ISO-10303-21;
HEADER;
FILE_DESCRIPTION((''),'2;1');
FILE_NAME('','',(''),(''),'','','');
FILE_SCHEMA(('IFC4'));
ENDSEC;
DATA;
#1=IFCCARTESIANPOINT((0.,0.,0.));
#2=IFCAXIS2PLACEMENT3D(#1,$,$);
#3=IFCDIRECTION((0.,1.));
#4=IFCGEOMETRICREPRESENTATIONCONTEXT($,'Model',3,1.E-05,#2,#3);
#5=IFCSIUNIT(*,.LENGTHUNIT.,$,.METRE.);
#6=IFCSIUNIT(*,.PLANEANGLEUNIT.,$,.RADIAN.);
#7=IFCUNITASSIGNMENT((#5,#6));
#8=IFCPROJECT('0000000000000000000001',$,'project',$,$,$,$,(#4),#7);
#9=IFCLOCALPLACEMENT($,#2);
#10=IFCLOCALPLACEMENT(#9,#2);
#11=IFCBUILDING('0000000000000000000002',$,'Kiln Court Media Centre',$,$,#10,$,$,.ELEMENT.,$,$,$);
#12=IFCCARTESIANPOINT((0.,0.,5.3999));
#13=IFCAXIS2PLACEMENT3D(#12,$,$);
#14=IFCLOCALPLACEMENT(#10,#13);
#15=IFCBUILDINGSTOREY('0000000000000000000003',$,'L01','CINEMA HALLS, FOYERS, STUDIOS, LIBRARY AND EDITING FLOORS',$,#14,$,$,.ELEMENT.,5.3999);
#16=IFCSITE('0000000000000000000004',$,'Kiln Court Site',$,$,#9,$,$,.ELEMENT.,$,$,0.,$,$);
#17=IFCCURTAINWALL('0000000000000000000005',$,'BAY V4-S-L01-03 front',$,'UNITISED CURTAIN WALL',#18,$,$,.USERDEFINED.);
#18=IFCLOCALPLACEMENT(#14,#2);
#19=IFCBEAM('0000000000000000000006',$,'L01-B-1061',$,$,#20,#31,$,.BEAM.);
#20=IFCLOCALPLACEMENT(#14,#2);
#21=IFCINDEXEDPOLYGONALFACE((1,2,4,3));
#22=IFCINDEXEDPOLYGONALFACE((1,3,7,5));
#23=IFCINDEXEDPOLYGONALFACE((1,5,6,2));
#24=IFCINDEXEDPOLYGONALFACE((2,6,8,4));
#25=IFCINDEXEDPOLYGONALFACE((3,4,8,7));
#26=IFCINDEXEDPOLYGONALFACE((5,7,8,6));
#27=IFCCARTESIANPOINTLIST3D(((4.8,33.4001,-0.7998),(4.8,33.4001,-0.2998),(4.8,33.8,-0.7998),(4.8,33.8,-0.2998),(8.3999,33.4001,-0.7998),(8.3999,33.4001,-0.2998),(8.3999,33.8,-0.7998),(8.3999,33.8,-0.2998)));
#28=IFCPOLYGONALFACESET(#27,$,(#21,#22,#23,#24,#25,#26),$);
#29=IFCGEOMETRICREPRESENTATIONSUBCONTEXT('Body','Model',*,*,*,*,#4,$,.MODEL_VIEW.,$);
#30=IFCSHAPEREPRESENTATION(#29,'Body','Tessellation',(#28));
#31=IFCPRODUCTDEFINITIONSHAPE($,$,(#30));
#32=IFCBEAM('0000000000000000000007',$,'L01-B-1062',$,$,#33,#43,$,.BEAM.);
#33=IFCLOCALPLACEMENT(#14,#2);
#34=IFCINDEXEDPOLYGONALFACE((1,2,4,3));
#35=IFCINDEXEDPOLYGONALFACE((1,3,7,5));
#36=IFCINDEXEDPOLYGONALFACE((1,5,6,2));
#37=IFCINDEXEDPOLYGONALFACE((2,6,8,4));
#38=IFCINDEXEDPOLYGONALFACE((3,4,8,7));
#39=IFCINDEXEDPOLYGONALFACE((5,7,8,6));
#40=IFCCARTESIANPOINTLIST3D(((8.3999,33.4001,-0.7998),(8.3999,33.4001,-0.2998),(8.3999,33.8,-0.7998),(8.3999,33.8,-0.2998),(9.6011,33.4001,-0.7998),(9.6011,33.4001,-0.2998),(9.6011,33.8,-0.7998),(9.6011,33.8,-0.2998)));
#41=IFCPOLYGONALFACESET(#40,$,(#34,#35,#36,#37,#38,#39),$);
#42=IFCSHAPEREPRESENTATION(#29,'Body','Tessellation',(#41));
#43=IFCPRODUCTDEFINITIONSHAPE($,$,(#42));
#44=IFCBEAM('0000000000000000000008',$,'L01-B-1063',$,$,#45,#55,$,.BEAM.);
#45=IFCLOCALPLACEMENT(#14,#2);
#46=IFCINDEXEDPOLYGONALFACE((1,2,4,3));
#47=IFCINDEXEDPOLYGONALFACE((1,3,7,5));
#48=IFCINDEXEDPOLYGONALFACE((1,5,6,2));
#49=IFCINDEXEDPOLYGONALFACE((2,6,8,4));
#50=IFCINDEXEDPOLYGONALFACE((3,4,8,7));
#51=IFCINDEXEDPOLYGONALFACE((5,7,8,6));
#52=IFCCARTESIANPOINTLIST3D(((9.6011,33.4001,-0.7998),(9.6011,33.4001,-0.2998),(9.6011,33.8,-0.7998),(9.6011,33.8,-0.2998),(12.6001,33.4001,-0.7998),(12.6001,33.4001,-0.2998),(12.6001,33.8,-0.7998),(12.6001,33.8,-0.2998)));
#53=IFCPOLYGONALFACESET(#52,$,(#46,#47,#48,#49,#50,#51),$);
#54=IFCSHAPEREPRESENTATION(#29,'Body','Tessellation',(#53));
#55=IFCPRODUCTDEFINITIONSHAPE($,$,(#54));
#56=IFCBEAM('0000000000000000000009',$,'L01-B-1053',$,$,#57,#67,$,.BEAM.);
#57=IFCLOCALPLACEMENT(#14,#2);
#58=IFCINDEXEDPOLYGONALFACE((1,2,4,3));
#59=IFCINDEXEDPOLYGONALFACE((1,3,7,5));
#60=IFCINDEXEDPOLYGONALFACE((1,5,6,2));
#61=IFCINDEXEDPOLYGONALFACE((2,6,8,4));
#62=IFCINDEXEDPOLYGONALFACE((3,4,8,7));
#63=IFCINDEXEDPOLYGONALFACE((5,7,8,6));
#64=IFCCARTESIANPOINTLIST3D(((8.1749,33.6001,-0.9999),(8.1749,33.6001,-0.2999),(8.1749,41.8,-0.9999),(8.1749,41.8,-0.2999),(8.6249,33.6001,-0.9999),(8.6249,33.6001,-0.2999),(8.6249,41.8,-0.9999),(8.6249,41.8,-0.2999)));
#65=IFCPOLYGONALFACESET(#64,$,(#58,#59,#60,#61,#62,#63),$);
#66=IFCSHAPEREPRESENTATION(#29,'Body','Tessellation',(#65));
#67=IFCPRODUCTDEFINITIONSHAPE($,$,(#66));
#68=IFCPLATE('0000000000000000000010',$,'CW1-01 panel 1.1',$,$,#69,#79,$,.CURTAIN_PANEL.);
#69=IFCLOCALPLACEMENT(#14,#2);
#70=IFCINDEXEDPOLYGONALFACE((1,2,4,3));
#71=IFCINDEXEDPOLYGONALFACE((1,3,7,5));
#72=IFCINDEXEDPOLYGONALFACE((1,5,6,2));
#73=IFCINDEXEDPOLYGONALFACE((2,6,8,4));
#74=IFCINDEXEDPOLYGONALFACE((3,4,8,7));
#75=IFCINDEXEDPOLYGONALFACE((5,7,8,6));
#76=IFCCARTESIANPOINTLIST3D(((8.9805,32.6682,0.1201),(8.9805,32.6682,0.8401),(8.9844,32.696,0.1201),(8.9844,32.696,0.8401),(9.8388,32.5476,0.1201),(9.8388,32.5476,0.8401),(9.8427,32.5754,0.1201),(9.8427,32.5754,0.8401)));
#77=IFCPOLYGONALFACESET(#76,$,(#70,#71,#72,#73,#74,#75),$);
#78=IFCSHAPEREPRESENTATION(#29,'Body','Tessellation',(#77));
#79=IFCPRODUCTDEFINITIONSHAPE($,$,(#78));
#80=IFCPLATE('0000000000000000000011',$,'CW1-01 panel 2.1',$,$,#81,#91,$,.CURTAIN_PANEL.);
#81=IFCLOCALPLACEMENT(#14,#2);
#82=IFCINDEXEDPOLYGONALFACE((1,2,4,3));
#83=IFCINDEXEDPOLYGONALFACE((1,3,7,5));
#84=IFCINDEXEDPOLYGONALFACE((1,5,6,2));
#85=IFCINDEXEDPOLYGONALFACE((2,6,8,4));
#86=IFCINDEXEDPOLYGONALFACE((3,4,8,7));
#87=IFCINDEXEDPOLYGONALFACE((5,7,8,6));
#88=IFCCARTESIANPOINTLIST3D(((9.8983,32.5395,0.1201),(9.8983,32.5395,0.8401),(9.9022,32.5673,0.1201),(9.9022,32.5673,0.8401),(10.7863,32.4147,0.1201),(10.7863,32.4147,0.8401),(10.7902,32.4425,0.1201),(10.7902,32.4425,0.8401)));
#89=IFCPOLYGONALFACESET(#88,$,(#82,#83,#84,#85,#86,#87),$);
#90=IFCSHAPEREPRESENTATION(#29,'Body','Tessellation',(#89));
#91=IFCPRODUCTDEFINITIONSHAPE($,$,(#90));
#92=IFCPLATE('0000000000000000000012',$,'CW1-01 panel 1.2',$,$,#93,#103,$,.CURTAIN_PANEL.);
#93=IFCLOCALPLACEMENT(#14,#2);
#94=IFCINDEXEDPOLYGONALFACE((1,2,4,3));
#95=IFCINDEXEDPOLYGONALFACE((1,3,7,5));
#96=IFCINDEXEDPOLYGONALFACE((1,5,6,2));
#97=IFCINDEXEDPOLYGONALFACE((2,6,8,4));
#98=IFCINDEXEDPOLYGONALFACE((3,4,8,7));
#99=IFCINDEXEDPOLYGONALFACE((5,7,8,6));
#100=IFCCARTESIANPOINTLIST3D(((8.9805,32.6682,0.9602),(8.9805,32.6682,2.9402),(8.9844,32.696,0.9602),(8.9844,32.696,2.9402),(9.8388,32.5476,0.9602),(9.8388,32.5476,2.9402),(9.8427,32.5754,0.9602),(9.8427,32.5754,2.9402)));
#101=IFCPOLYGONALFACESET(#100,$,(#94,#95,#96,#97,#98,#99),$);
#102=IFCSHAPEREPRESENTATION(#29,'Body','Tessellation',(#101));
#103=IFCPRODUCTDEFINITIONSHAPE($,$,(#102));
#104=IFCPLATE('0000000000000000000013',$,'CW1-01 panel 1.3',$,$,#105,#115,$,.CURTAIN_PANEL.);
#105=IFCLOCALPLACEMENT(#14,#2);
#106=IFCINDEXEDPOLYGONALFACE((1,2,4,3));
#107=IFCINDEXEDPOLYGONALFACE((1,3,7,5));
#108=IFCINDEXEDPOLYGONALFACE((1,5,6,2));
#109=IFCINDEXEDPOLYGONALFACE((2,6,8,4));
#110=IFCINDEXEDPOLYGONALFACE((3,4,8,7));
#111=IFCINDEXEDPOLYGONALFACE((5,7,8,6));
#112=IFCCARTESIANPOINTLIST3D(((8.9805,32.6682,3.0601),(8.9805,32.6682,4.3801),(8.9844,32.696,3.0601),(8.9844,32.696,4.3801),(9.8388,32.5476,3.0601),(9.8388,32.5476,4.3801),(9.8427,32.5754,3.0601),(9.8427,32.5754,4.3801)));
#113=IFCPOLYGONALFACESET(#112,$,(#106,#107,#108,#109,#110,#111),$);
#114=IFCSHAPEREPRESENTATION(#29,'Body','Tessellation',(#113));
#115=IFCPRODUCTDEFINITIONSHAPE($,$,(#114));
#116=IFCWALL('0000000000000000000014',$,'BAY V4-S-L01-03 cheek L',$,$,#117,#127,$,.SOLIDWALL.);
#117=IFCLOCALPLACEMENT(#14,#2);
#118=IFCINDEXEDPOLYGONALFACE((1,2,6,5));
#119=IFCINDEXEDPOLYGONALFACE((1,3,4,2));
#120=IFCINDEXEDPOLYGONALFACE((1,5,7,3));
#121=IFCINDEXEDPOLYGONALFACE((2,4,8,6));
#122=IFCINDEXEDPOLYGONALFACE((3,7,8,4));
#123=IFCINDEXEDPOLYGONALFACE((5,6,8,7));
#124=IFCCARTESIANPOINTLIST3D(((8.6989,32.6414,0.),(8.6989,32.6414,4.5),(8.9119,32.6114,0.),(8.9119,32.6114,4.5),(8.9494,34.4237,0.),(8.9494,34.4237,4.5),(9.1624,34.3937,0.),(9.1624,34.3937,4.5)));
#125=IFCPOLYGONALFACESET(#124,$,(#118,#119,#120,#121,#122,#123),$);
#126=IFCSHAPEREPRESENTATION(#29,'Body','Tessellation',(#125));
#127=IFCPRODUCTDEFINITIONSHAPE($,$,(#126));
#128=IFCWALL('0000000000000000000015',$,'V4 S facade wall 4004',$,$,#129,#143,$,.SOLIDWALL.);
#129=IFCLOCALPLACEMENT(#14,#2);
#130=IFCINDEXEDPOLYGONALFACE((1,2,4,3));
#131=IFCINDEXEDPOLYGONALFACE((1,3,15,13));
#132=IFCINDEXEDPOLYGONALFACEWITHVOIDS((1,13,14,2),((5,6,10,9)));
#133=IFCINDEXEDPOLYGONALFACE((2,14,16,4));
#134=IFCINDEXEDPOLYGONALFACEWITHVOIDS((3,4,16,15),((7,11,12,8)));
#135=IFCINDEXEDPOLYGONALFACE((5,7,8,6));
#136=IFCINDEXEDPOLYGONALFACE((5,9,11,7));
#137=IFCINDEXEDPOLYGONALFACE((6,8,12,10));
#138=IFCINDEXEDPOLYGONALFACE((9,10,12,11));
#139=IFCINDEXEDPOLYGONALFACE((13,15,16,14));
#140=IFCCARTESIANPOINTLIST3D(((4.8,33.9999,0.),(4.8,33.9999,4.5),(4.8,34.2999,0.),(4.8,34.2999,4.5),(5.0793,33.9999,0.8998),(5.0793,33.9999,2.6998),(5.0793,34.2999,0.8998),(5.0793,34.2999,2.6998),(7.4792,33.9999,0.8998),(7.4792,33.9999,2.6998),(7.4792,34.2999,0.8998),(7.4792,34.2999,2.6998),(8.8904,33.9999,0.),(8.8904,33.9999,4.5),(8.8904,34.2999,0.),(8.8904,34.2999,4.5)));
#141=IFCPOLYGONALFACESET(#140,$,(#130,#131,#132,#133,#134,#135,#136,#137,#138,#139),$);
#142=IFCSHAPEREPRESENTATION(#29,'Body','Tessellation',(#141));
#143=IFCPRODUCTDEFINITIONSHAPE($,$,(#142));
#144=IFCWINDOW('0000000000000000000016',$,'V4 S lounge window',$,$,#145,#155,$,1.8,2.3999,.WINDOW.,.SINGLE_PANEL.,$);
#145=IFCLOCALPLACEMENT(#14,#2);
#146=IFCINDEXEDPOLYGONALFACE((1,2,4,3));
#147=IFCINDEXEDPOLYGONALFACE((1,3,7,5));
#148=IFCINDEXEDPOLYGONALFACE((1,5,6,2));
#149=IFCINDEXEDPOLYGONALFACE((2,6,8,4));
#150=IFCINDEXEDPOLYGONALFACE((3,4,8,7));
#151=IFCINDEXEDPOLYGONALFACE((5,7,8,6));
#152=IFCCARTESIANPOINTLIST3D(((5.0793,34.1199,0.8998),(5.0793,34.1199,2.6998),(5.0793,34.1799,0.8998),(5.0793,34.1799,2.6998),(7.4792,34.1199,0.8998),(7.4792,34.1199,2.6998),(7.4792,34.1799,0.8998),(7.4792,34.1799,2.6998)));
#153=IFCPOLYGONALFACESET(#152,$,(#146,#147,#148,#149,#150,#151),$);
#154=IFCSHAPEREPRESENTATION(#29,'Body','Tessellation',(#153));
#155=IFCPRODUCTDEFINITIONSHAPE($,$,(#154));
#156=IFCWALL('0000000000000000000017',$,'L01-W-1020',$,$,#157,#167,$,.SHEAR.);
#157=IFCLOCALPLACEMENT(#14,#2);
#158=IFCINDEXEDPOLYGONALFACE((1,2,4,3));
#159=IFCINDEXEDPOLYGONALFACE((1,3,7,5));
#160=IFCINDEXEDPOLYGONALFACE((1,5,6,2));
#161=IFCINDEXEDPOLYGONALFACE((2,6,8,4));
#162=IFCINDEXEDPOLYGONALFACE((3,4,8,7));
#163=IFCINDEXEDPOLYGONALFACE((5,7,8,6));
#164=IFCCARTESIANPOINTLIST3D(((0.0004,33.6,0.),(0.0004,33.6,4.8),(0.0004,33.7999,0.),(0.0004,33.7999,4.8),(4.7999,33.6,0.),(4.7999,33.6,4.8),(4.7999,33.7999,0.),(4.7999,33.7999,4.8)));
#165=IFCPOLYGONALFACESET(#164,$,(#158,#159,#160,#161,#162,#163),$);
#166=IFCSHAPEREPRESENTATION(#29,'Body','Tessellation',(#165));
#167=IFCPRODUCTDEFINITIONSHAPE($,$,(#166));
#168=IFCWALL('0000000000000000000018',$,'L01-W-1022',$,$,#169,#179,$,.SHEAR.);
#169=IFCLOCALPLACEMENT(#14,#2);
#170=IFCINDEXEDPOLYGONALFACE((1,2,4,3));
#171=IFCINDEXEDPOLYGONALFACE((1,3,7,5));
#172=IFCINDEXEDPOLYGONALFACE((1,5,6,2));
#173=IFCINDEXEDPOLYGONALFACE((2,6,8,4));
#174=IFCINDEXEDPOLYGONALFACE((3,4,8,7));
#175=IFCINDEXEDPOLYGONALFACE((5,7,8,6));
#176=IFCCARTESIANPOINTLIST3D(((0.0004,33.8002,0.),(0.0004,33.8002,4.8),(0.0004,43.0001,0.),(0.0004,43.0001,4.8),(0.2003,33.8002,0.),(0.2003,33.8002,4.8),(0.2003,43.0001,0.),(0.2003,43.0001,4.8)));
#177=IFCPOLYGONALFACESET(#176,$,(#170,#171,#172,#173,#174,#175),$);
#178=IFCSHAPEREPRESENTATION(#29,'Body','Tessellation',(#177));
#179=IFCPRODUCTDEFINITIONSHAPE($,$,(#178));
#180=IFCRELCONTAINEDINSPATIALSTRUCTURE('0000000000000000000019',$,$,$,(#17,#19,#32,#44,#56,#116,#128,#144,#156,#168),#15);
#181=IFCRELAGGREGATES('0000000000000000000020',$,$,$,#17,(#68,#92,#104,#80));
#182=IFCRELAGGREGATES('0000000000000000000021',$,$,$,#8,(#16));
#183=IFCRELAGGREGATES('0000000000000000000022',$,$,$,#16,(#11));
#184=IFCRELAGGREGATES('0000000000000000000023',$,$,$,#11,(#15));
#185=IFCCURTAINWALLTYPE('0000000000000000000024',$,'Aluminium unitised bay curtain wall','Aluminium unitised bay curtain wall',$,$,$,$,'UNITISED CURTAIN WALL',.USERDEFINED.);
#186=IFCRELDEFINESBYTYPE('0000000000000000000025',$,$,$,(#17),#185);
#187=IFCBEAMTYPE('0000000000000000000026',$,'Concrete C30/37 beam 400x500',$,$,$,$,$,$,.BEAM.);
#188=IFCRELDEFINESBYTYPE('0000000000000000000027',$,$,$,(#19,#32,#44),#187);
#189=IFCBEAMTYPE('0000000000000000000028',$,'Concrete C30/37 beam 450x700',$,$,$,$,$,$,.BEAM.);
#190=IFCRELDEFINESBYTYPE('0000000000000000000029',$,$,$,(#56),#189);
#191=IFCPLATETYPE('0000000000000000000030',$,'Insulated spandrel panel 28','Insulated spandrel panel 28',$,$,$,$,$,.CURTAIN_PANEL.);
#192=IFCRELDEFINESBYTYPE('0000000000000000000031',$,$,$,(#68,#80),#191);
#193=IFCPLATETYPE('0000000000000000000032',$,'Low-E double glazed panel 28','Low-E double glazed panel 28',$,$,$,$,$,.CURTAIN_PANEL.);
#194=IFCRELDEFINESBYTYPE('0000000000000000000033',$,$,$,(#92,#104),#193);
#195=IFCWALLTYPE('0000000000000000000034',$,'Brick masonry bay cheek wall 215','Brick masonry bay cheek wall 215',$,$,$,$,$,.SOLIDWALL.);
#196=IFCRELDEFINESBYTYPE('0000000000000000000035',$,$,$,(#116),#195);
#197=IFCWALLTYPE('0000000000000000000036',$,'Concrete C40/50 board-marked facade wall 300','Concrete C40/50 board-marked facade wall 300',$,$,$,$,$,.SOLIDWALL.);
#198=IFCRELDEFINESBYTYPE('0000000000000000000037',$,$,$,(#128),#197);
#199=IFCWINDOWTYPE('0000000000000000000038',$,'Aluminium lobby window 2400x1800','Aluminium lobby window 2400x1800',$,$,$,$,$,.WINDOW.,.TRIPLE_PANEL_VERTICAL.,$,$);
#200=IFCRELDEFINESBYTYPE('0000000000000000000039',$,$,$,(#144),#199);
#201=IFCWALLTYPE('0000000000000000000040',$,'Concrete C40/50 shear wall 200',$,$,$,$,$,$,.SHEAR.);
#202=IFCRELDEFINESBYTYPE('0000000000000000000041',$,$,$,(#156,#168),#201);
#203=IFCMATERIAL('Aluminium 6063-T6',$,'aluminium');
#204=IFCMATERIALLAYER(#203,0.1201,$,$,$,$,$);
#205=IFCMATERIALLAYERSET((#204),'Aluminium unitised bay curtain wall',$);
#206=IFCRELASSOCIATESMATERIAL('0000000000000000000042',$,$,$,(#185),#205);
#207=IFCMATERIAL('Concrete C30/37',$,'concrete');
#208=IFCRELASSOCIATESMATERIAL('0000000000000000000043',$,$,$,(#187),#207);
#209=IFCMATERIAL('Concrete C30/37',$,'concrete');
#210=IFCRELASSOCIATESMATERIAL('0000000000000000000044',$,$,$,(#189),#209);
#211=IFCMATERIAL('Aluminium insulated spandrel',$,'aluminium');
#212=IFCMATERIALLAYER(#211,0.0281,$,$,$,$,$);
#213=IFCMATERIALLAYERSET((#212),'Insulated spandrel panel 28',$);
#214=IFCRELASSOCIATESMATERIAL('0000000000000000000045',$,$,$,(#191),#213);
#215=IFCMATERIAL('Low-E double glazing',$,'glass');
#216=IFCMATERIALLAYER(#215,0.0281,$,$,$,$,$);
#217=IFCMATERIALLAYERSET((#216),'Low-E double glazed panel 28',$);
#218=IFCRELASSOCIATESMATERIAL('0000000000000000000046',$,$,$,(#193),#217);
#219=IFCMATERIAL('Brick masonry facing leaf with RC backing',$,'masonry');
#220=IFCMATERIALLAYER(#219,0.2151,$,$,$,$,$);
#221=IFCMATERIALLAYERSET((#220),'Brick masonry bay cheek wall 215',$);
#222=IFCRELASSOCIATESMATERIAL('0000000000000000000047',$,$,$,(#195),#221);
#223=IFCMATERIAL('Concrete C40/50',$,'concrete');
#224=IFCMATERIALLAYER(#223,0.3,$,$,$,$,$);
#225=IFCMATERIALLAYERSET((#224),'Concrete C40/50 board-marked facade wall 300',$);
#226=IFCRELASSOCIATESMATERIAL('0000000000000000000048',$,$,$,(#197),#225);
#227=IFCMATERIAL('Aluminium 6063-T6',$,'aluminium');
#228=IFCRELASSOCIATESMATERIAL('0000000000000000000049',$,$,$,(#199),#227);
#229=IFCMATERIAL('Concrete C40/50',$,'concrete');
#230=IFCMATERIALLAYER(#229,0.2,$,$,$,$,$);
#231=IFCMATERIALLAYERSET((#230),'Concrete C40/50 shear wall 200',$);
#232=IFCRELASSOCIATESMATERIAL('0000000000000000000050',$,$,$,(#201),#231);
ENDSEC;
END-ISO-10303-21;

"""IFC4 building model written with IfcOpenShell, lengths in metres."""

from ifc_helpers import new_model, si_unit, direction, frame, frame_2d, origin, origin_2d, place, context, subcontext, project, spatial, rectangle, extrude, material, layer, layer_set, material_profile, profile_set, type_object, element, fill, aggregate, save


model = new_model("IFC4")

# Units and contexts
model_context = context("Model", 3, precision=1e-05, world=origin(), true_north=direction((0.0, 1.0)))
body_context = subcontext(model_context, "Body", "Model", "MODEL_VIEW")
ifc_project = project(units=[si_unit("LENGTHUNIT", "METRE"), si_unit("PLANEANGLEUNIT", "RADIAN")], contexts=[model_context])

# Site, building, storey
site_placement = place(None, origin())
site = spatial("IfcSite", under=ifc_project, at=site_placement, Name="Kiln Court Site", CompositionType="ELEMENT", RefElevation=0.0)
building_placement = place(site_placement, origin())
building = spatial("IfcBuilding", under=site, at=building_placement, Name="Kiln Court Media Centre", CompositionType="ELEMENT")
storey_placement = place(building_placement, frame((0.0, 0.0, 5.3999)))
storey = spatial("IfcBuildingStorey", under=building, at=storey_placement, Name="L01", Description="CINEMA HALLS, FOYERS, STUDIOS, LIBRARY AND EDITING FLOORS", CompositionType="ELEMENT", Elevation=5.3999)

# Curtain wall
ifc_material_1 = material(Name="Aluminium 6063-T6", Category="aluminium")
ifc_layer_1 = layer(ifc_material_1, 0.1201)
ifc_layer_set_1 = layer_set([ifc_layer_1], Name="Aluminium unitised bay curtain wall")
curtain_wall_type = type_object("IfcCurtainWallType", Name="Aluminium unitised bay curtain wall", Description="Aluminium unitised bay curtain wall", ElementType="UNITISED CURTAIN WALL", PredefinedType="USERDEFINED", material=ifc_layer_set_1)
curtain_wall_placement = place(storey_placement, origin())
curtain_wall = element("IfcCurtainWall", 1, at=curtain_wall_placement, inside=storey, type_object=curtain_wall_type, Name="BAY V4-S-L01-03 front", ObjectType="UNITISED CURTAIN WALL", PredefinedType="USERDEFINED")

# Beams
ifc_material_2 = material(Name="Concrete C30/37", Category="concrete")
ifc_material_profile_1 = material_profile(ifc_material_2, rectangle(XDim=0.3999, YDim=0.5, at=origin_2d()), Name="RC 400x500")
ifc_profile_set_1 = profile_set([ifc_material_profile_1], Name="Concrete C30/37")
beam_type_1 = type_object("IfcBeamType", Name="Concrete C30/37 beam 400x500", PredefinedType="BEAM", material=ifc_profile_set_1)
beam_1_placement = place(storey_placement, frame((4.8, 33.6001, -0.5498), z_axis=(1.0, 0.0, 0.0), x_axis=(0.0, 1.0, 0.0)))
element("IfcBeam", 2, at=beam_1_placement, inside=storey, type_object=beam_type_1, Name="L01-B-1061", PredefinedType="BEAM", context=body_context, shape_type="SweptSolid", body=[
    extrude(rectangle(XDim=0.3999, YDim=0.5, at=origin_2d()), origin(), (0.0, 0.0, 1.0), 3.5999),
])
beam_2_placement = place(storey_placement, frame((8.3999, 33.6001, -0.5498), z_axis=(1.0, 0.0, 0.0), x_axis=(0.0, 1.0, 0.0)))
element("IfcBeam", 3, at=beam_2_placement, inside=storey, type_object=beam_type_1, Name="L01-B-1062", PredefinedType="BEAM", context=body_context, shape_type="SweptSolid", body=[
    extrude(rectangle(XDim=0.3999, YDim=0.5, at=origin_2d()), origin(), (0.0, 0.0, 1.0), 1.2012),
])
beam_3_placement = place(storey_placement, frame((9.6011, 33.6001, -0.5498), z_axis=(1.0, 0.0, 0.0), x_axis=(0.0, 1.0, 0.0)))
element("IfcBeam", 4, at=beam_3_placement, inside=storey, type_object=beam_type_1, Name="L01-B-1063", PredefinedType="BEAM", context=body_context, shape_type="SweptSolid", body=[
    extrude(rectangle(XDim=0.3999, YDim=0.5, at=origin_2d()), origin(), (0.0, 0.0, 1.0), 2.999),
])
ifc_material_3 = material(Name="Concrete C30/37", Category="concrete")
ifc_material_profile_2 = material_profile(ifc_material_3, rectangle(XDim=0.45, YDim=0.7, at=origin_2d()), Name="RC 450x700")
ifc_profile_set_2 = profile_set([ifc_material_profile_2], Name="Concrete C30/37")
beam_type_2 = type_object("IfcBeamType", Name="Concrete C30/37 beam 450x700", PredefinedType="BEAM", material=ifc_profile_set_2)
beam_4_placement = place(storey_placement, frame((8.3999, 33.6001, -0.6499), z_axis=(0.0, 1.0, 0.0), x_axis=(-1.0, 0.0, 0.0)))
element("IfcBeam", 5, at=beam_4_placement, inside=storey, type_object=beam_type_2, Name="L01-B-1053", PredefinedType="BEAM", context=body_context, shape_type="SweptSolid", body=[
    extrude(rectangle(XDim=0.45, YDim=0.7, at=origin_2d()), origin(), (0.0, 0.0, 1.0), 8.2),
])

# Plates
ifc_material_4 = material(Name="Aluminium insulated spandrel", Category="aluminium")
ifc_layer_2 = layer(ifc_material_4, 0.0281)
ifc_layer_set_2 = layer_set([ifc_layer_2], Name="Insulated spandrel panel 28")
plate_type_1 = type_object("IfcPlateType", Name="Insulated spandrel panel 28", Description="Insulated spandrel panel 28", PredefinedType="CURTAIN_PANEL", material=ifc_layer_set_2)
plate_1_placement = place(storey_placement, frame((9.4116, 32.6218, 0.1201), z_axis=(0.0, 0.0, 1.0), x_axis=(0.99027, -0.139162, 0.0)))
plate_1 = element("IfcPlate", 6, at=plate_1_placement, type_object=plate_type_1, Name="CW1-01 panel 1.1", PredefinedType="CURTAIN_PANEL", context=body_context, shape_type="SweptSolid", body=[
    extrude(rectangle(XDim=0.8667, YDim=0.0281, at=origin_2d()), origin(), (0.0, 0.0, 1.0), 0.72),
])
plate_2_placement = place(storey_placement, frame((10.3442, 32.491, 0.1201), z_axis=(0.0, 0.0, 1.0), x_axis=(0.99027, -0.139162, 0.0)))
plate_2 = element("IfcPlate", 7, at=plate_2_placement, type_object=plate_type_1, Name="CW1-01 panel 2.1", PredefinedType="CURTAIN_PANEL", context=body_context, shape_type="SweptSolid", body=[
    extrude(rectangle(XDim=0.8967, YDim=0.0281, at=origin_2d()), origin(), (0.0, 0.0, 1.0), 0.72),
])
ifc_material_5 = material(Name="Low-E double glazing", Category="glass")
ifc_layer_3 = layer(ifc_material_5, 0.0281)
ifc_layer_set_3 = layer_set([ifc_layer_3], Name="Low-E double glazed panel 28")
plate_type_2 = type_object("IfcPlateType", Name="Low-E double glazed panel 28", Description="Low-E double glazed panel 28", PredefinedType="CURTAIN_PANEL", material=ifc_layer_set_3)
plate_3_placement = place(storey_placement, frame((9.4116, 32.6218, 0.9602), z_axis=(0.0, 0.0, 1.0), x_axis=(0.99027, -0.139162, 0.0)))
plate_3 = element("IfcPlate", 8, at=plate_3_placement, type_object=plate_type_2, Name="CW1-01 panel 1.2", PredefinedType="CURTAIN_PANEL", context=body_context, shape_type="SweptSolid", body=[
    extrude(rectangle(XDim=0.8667, YDim=0.0281, at=origin_2d()), origin(), (0.0, 0.0, 1.0), 1.98),
])
plate_4_placement = place(storey_placement, frame((9.4116, 32.6218, 3.0601), z_axis=(0.0, 0.0, 1.0), x_axis=(0.99027, -0.139162, 0.0)))
plate_4 = element("IfcPlate", 9, at=plate_4_placement, type_object=plate_type_2, Name="CW1-01 panel 1.3", PredefinedType="CURTAIN_PANEL", context=body_context, shape_type="SweptSolid", body=[
    extrude(rectangle(XDim=0.8667, YDim=0.0281, at=origin_2d()), origin(), (0.0, 0.0, 1.0), 1.3201),
])
aggregate(curtain_wall, [plate_1, plate_3, plate_4, plate_2])

# Wall
ifc_material_6 = material(Name="Brick masonry facing leaf with RC backing", Category="masonry")
ifc_layer_4 = layer(ifc_material_6, 0.2151)
ifc_layer_set_4 = layer_set([ifc_layer_4], Name="Brick masonry bay cheek wall 215")
wall_type_1 = type_object("IfcWallType", Name="Brick masonry bay cheek wall 215", Description="Brick masonry bay cheek wall 215", PredefinedType="SOLIDWALL", material=ifc_layer_set_4)
wall_1_placement = place(storey_placement, frame((9.0559, 34.4087, 0.0), z_axis=(0.0, 0.0, 1.0), x_axis=(-0.13918, -0.990267, 0.0)))
element("IfcWall", 10, at=wall_1_placement, inside=storey, type_object=wall_type_1, Name="BAY V4-S-L01-03 cheek L", PredefinedType="SOLIDWALL", context=body_context, shape_type="SweptSolid", body=[
    extrude(rectangle(XDim=1.7998, YDim=0.2151, at=frame_2d((0.8999, 0.0))), origin(), (0.0, 0.0, 1.0), 4.5),
])

# Wall, opening, window
ifc_material_7 = material(Name="Concrete C40/50", Category="concrete")
ifc_layer_5 = layer(ifc_material_7, 0.3)
ifc_layer_set_5 = layer_set([ifc_layer_5], Name="Concrete C40/50 board-marked facade wall 300")
wall_type_2 = type_object("IfcWallType", Name="Concrete C40/50 board-marked facade wall 300", Description="Concrete C40/50 board-marked facade wall 300", PredefinedType="SOLIDWALL", material=ifc_layer_set_5)
wall_2_placement = place(storey_placement, frame((8.8904, 34.1499, 0.0), z_axis=(0.0, 0.0, 1.0), x_axis=(-1.0, 0.0, 0.0)))
wall_2 = element("IfcWall", 11, at=wall_2_placement, inside=storey, type_object=wall_type_2, Name="V4 S facade wall 4004", PredefinedType="SOLIDWALL", context=body_context, shape_type="SweptSolid", body=[
    extrude(rectangle(XDim=4.0903, YDim=0.3, at=frame_2d((2.0452, 0.0))), origin(), (0.0, 0.0, 1.0), 4.5),
])
opening_placement = place(wall_2_placement, frame((1.4111, 0.0, 0.8999)))
opening = element("IfcOpeningElement", 12, at=opening_placement, cuts=wall_2, PredefinedType="OPENING", context=body_context, shape_type="SweptSolid", body=[
    extrude(rectangle(XDim=2.3999, YDim=1.8, at=frame_2d((1.2, 0.8999))), frame((0.0, 0.1599, 0.0), z_axis=(0.0, -1.0, 0.0), x_axis=(1.0, 0.0, 0.0)), (0.0, 0.0, 1.0), 0.3201),
])
ifc_material_8 = material(Name="Aluminium 6063-T6", Category="aluminium")
window_type = type_object("IfcWindowType", Name="Aluminium lobby window 2400x1800", Description="Aluminium lobby window 2400x1800", PartitioningType="TRIPLE_PANEL_VERTICAL", PredefinedType="WINDOW", material=ifc_material_8)
window_placement = place(opening_placement, origin())
window = element("IfcWindow", 13, at=window_placement, inside=storey, type_object=window_type, Name="V4 S lounge window", OverallHeight=1.8, OverallWidth=2.3999, PartitioningType="SINGLE_PANEL", PredefinedType="WINDOW", context=body_context, shape_type="SweptSolid", body=[
    extrude(rectangle(XDim=2.3999, YDim=1.8, at=frame_2d((1.2, 0.8999))), frame((0.0, 0.03, 0.0), z_axis=(0.0, -1.0, 0.0), x_axis=(1.0, 0.0, 0.0)), (0.0, 0.0, 1.0), 0.0601),
])
fill(opening, window)

# Walls
ifc_material_9 = material(Name="Concrete C40/50", Category="concrete")
ifc_layer_6 = layer(ifc_material_9, 0.2)
ifc_layer_set_6 = layer_set([ifc_layer_6], Name="Concrete C40/50 shear wall 200")
wall_type_3 = type_object("IfcWallType", Name="Concrete C40/50 shear wall 200", PredefinedType="SHEAR", material=ifc_layer_set_6)
wall_3_placement = place(storey_placement, frame((4.8, 33.7, 0.0), z_axis=(0.0, 0.0, 1.0), x_axis=(-1.0, 0.0, 0.0)))
element("IfcWall", 14, at=wall_3_placement, inside=storey, type_object=wall_type_3, Name="L01-W-1020", PredefinedType="SHEAR", context=body_context, shape_type="SweptSolid", body=[
    extrude(rectangle(XDim=4.7996, YDim=0.2, at=frame_2d((2.3999, 0.0))), origin(), (0.0, 0.0, 1.0), 4.8),
])
wall_4_placement = place(storey_placement, frame((0.1003, 33.8, 0.0), z_axis=(0.0, 0.0, 1.0), x_axis=(0.0, 1.0, 0.0)))
element("IfcWall", 15, at=wall_4_placement, inside=storey, type_object=wall_type_3, Name="L01-W-1022", PredefinedType="SHEAR", context=body_context, shape_type="SweptSolid", body=[
    extrude(rectangle(XDim=9.2, YDim=0.2, at=frame_2d((4.6001, 0.0))), origin(), (0.0, 0.0, 1.0), 4.8),
])

save(model, "model.ifc")
